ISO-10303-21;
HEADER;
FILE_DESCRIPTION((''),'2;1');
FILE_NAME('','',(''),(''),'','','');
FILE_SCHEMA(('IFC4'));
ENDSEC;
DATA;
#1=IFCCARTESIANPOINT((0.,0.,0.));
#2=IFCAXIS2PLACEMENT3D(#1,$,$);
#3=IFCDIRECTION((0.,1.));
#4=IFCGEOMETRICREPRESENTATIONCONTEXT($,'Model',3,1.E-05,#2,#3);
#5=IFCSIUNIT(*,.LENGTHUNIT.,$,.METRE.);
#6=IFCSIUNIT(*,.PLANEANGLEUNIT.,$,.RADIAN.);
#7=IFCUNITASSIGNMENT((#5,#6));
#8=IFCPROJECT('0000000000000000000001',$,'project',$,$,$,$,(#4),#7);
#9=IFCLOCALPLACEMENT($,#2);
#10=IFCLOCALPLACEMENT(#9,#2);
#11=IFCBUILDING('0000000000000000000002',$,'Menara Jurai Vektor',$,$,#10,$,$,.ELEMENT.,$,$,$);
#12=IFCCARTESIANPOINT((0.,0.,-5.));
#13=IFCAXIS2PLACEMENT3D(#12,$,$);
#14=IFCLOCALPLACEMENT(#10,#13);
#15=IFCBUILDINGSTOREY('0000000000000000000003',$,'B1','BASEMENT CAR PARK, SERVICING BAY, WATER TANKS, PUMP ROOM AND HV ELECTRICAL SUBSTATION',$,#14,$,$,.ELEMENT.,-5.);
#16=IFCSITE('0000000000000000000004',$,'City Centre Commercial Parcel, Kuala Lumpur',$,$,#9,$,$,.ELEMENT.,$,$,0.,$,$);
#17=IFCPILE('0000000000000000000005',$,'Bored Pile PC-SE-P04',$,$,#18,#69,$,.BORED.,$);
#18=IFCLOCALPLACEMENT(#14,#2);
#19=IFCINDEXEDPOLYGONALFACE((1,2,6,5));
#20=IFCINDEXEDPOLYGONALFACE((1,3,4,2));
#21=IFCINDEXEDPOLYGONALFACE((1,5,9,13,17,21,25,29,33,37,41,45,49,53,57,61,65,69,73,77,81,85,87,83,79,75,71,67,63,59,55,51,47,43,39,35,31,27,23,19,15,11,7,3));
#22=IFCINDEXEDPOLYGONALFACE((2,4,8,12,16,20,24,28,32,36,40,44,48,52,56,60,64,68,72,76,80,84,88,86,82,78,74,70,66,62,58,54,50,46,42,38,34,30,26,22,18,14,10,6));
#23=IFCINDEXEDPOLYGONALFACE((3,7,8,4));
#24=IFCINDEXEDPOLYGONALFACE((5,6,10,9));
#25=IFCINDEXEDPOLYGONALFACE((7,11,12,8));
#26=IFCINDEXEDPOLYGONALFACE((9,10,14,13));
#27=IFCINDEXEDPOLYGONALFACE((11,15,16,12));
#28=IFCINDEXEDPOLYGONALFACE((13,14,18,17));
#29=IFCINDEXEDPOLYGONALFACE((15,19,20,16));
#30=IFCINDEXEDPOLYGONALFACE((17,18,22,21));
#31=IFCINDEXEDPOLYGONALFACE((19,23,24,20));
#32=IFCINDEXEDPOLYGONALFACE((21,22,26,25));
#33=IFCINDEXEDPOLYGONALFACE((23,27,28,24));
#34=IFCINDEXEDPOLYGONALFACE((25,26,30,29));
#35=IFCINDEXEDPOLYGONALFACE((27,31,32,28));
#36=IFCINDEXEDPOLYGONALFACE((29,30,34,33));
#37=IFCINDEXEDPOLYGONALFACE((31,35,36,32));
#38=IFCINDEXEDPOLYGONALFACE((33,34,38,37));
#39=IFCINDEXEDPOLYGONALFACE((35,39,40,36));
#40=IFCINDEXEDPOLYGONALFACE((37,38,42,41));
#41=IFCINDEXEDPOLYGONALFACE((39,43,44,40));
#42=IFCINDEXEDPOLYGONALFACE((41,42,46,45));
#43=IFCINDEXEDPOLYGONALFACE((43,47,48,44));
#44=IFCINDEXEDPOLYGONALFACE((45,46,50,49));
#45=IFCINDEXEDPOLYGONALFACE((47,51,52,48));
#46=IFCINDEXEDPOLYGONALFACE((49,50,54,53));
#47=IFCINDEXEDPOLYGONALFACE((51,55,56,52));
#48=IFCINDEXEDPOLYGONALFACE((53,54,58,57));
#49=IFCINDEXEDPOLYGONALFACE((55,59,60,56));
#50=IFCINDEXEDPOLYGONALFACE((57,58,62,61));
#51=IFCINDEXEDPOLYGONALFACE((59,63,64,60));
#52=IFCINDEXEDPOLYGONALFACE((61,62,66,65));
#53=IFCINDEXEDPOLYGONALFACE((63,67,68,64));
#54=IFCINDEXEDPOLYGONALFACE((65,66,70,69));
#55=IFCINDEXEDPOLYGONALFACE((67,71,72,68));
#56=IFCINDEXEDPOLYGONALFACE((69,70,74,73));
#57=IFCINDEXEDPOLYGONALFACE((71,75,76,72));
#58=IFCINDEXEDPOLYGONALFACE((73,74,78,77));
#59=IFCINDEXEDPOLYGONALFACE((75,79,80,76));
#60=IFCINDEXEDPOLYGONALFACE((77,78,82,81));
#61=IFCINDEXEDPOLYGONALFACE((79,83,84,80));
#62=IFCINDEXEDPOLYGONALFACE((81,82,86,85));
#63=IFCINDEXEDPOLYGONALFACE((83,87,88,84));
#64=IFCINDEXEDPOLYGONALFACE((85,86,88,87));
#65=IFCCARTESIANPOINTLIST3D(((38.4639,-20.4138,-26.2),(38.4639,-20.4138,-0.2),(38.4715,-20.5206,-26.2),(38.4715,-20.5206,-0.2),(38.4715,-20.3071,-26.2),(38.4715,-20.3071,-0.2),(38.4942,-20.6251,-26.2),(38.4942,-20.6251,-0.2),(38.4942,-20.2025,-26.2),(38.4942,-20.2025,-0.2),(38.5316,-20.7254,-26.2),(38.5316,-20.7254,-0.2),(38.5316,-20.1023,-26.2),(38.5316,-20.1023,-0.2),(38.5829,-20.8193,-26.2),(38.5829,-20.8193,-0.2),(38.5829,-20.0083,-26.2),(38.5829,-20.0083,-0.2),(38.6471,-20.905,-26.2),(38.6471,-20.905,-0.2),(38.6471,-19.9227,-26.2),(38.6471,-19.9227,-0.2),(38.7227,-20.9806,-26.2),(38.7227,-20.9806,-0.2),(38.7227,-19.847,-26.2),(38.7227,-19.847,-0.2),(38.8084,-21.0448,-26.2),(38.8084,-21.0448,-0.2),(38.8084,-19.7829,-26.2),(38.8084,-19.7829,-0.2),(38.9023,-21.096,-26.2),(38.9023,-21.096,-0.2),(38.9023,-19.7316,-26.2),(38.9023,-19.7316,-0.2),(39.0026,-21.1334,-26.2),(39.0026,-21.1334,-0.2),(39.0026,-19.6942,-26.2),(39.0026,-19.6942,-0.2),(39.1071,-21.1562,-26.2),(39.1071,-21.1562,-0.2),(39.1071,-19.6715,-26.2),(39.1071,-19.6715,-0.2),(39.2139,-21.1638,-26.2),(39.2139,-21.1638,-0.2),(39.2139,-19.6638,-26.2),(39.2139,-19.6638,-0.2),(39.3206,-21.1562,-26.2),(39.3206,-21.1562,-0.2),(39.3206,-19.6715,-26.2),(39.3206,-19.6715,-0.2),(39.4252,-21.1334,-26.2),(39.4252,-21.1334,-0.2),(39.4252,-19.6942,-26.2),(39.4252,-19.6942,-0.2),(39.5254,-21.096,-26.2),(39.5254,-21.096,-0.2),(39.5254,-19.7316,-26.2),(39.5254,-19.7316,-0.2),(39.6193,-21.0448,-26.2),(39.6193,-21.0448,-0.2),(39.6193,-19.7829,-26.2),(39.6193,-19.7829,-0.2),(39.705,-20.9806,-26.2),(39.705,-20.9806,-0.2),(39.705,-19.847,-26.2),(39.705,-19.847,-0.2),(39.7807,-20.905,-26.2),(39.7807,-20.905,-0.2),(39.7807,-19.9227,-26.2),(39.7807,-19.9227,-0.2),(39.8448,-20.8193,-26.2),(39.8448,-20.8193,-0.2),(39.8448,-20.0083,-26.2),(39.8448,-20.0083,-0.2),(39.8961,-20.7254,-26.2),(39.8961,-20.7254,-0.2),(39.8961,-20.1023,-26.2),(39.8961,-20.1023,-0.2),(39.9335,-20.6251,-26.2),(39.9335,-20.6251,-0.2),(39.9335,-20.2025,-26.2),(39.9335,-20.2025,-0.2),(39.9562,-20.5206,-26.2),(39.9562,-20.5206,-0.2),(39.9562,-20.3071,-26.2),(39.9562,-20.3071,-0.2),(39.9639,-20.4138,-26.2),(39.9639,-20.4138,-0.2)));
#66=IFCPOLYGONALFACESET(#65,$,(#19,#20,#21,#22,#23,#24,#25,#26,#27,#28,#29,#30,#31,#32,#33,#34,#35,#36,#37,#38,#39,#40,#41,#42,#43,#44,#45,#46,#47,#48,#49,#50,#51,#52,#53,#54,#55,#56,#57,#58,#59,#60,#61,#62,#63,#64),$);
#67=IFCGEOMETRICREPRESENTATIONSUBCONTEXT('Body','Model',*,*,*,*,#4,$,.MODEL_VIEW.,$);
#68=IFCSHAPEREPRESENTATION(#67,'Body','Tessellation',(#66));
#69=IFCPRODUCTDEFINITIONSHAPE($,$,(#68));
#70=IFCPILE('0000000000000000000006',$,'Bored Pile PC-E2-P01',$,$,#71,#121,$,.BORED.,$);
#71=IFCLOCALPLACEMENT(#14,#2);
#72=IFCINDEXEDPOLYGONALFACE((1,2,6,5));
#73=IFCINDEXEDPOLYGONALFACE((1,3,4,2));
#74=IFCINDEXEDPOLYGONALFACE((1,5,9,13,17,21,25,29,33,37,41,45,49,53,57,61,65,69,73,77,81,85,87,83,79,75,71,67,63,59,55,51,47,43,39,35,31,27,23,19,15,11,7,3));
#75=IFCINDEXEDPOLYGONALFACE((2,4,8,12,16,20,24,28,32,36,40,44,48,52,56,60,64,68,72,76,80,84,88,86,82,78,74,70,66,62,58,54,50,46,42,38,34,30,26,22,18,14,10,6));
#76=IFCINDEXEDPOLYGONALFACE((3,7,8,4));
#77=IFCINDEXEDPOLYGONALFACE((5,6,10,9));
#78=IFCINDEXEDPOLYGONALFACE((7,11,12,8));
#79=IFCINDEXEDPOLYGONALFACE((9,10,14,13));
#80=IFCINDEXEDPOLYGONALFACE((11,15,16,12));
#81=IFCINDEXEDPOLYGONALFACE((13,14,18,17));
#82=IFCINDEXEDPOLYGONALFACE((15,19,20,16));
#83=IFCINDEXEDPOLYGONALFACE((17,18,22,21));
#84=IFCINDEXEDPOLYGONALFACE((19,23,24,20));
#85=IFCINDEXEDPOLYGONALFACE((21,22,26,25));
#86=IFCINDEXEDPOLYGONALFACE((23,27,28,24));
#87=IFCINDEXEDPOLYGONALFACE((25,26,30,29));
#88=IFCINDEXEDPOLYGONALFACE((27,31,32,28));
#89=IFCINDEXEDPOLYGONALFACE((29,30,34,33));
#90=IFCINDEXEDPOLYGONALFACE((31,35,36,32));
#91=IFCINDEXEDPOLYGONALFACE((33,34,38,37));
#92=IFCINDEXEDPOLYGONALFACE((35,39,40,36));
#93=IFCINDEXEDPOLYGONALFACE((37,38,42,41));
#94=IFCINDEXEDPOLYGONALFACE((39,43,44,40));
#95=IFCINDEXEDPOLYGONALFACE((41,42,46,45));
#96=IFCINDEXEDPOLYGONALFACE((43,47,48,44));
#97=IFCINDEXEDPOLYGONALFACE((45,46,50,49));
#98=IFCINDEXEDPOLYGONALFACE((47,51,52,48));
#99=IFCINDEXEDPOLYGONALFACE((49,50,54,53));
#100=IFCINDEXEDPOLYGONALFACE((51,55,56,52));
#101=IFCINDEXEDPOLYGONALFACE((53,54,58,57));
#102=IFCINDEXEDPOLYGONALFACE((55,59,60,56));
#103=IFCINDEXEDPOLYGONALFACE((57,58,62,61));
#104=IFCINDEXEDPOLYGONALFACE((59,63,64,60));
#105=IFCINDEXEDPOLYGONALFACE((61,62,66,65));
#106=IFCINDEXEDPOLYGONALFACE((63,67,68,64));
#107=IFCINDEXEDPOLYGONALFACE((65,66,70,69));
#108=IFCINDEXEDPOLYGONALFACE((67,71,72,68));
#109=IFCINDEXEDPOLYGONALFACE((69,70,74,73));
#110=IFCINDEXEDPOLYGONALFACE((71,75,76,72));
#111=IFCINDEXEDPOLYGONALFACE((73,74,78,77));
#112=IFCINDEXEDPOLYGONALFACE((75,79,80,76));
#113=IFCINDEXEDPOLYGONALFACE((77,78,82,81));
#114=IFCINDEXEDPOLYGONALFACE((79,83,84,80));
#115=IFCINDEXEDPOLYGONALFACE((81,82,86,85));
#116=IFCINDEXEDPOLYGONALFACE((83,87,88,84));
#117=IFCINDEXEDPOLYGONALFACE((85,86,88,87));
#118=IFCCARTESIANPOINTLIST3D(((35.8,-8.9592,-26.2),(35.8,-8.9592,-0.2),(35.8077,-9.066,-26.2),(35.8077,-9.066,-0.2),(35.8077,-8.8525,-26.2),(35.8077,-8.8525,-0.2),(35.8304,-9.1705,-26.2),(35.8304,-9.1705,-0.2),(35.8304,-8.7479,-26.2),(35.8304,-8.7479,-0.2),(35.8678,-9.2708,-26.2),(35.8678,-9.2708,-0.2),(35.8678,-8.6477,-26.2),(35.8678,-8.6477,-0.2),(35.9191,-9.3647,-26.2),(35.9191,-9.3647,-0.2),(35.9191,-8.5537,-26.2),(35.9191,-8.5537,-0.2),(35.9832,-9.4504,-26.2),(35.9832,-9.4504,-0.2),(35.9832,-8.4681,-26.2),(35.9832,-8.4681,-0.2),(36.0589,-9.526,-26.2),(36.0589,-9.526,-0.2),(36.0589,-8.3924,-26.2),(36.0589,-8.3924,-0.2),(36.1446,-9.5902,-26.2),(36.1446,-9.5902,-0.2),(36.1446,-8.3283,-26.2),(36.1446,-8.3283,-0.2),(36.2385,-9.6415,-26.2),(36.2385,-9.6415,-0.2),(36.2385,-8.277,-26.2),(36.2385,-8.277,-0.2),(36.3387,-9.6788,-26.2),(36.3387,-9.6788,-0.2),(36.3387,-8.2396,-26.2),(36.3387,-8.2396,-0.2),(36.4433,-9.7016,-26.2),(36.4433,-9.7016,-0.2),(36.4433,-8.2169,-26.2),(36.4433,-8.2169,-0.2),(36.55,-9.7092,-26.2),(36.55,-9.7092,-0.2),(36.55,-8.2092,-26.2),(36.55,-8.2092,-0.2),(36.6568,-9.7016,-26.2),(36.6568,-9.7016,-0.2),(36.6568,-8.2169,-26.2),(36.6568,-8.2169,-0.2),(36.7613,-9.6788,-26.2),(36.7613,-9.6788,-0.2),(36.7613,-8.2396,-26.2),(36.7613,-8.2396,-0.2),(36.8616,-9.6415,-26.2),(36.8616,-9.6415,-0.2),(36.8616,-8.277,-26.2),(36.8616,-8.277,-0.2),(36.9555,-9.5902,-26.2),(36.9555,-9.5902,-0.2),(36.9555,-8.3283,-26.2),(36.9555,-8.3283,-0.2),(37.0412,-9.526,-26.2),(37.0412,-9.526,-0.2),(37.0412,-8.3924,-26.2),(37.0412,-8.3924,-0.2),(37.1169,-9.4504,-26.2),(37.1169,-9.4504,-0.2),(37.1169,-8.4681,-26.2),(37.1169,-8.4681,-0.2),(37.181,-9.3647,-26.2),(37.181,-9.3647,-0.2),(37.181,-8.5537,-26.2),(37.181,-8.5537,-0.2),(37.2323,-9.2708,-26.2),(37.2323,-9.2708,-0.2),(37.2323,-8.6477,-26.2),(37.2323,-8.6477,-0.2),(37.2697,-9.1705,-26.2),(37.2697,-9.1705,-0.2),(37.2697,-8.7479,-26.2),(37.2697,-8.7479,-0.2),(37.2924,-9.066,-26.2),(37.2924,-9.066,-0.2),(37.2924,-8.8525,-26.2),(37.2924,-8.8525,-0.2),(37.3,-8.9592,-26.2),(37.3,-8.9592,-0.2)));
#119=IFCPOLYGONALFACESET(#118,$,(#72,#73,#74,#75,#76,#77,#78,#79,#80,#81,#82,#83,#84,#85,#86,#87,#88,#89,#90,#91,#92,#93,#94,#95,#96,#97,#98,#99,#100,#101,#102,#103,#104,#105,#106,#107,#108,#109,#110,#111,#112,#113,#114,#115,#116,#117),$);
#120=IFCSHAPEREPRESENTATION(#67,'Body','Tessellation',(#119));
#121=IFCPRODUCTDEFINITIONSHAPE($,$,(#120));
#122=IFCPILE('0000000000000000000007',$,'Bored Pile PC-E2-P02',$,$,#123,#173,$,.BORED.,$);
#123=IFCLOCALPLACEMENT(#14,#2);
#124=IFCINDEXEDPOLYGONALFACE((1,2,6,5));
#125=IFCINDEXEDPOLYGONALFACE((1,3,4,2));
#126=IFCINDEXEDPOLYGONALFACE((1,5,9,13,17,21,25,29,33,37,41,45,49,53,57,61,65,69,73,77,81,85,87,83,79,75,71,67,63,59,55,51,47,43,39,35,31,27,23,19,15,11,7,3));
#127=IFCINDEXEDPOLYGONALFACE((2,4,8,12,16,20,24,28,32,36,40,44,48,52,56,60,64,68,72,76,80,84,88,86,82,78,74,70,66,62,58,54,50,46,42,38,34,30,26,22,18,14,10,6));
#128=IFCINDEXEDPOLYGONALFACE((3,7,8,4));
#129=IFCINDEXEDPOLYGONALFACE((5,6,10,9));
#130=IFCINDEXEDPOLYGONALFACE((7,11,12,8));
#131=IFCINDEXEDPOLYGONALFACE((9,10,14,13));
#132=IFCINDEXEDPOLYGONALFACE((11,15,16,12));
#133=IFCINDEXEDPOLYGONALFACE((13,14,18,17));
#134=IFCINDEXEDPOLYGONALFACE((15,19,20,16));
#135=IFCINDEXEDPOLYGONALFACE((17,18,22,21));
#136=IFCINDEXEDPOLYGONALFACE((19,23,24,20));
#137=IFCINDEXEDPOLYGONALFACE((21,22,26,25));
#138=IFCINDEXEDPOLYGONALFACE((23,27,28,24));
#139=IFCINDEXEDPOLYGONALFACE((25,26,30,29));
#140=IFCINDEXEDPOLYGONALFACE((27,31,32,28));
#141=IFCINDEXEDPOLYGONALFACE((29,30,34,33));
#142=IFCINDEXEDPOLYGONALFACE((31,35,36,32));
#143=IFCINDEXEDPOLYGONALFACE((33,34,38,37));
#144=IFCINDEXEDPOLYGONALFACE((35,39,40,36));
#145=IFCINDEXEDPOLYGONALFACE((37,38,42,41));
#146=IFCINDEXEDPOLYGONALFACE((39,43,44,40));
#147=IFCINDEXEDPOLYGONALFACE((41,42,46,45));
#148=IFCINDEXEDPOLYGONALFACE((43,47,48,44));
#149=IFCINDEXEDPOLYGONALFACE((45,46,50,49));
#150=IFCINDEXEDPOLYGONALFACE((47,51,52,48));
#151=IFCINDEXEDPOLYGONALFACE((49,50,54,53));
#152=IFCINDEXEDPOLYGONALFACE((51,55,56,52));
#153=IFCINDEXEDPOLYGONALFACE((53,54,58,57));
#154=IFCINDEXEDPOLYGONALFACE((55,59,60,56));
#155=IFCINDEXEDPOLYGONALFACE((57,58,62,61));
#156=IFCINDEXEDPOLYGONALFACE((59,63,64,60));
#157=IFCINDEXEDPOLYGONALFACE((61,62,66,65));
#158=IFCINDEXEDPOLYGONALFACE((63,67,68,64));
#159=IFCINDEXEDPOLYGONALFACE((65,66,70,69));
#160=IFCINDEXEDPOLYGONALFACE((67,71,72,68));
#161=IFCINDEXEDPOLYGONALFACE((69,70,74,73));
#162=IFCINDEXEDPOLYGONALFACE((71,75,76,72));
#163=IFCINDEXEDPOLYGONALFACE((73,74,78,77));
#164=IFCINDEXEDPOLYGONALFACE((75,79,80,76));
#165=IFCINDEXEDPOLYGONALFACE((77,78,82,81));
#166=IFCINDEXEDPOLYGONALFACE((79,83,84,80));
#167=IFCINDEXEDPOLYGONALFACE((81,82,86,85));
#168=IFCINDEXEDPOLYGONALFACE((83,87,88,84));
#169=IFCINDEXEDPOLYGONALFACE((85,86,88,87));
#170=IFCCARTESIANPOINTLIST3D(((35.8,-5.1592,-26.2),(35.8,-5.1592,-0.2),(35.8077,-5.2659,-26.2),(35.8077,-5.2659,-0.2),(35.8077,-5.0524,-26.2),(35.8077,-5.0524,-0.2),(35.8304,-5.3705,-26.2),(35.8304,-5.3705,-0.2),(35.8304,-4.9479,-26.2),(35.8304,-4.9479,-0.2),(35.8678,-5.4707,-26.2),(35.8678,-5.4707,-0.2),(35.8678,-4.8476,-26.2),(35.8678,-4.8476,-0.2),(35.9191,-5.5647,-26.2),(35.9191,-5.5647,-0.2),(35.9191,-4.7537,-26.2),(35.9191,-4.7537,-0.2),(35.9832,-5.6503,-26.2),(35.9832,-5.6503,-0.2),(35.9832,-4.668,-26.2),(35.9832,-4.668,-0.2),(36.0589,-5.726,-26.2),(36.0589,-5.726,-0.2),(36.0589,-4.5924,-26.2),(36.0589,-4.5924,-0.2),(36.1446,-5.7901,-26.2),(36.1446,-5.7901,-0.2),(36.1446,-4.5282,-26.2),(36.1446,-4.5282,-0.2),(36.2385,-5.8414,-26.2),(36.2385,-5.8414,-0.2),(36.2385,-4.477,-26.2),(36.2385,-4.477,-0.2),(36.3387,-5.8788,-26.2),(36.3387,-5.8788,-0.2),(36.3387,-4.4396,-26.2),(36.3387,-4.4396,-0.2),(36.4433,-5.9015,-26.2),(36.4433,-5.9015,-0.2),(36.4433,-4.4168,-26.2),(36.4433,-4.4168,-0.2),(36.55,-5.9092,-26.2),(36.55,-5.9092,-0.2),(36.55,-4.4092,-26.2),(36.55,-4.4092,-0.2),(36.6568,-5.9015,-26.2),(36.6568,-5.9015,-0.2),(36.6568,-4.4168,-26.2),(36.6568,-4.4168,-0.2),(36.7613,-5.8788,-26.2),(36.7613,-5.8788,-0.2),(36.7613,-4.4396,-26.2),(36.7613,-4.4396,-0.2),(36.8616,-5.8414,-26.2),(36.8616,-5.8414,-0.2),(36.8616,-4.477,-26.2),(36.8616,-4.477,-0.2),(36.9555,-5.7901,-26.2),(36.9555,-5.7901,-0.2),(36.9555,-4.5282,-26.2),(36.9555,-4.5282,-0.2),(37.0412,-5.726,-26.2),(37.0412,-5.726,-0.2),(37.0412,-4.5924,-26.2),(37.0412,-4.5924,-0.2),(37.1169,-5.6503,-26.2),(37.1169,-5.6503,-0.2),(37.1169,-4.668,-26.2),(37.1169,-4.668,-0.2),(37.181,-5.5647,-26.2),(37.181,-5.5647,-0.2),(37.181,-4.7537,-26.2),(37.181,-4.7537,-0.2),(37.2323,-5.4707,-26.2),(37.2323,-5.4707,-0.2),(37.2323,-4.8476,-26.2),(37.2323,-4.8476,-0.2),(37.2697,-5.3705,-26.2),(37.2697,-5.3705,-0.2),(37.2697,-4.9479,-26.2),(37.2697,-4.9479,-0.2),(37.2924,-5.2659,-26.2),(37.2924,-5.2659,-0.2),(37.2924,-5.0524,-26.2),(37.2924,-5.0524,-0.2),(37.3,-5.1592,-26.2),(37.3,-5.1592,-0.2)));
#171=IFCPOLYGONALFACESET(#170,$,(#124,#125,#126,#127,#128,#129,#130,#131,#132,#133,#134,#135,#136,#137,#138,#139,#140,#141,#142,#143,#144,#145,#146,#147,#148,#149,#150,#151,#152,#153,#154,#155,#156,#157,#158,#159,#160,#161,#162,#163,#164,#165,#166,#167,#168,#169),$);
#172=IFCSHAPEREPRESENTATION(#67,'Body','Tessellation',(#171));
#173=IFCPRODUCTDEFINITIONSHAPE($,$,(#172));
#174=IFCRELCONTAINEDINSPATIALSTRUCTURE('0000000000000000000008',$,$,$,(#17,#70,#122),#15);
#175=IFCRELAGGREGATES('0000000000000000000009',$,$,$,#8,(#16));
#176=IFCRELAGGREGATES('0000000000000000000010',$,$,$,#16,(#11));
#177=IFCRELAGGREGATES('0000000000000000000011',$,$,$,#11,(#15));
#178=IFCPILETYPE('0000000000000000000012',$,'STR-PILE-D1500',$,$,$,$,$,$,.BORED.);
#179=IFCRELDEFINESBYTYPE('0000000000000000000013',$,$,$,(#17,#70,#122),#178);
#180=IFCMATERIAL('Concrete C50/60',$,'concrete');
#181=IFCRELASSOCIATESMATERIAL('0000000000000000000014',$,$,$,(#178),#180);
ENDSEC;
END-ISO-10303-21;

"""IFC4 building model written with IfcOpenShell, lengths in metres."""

from ifc_helpers import new_model, si_unit, direction, frame, origin, origin_2d, place, context, subcontext, project, spatial, circle, extrude, material, material_profile, profile_set, type_object, element, save


model = new_model("IFC4")

# Units and contexts
model_context = context("Model", 3, precision=1e-05, world=origin(), true_north=direction((0.0, 1.0)))
body_context = subcontext(model_context, "Body", "Model", "MODEL_VIEW")
ifc_project = project(units=[si_unit("LENGTHUNIT", "METRE"), si_unit("PLANEANGLEUNIT", "RADIAN")], contexts=[model_context])

# Site, building, storey
site_placement = place(None, origin())
site = spatial("IfcSite", under=ifc_project, at=site_placement, Name="City Centre Commercial Parcel, Kuala Lumpur", CompositionType="ELEMENT", RefElevation=0.0)
building_placement = place(site_placement, origin())
building = spatial("IfcBuilding", under=site, at=building_placement, Name="Menara Jurai Vektor", CompositionType="ELEMENT")
storey_placement = place(building_placement, frame((0.0, 0.0, -5.0)))
storey = spatial("IfcBuildingStorey", under=building, at=storey_placement, Name="B1", Description="BASEMENT CAR PARK, SERVICING BAY, WATER TANKS, PUMP ROOM AND HV ELECTRICAL SUBSTATION", CompositionType="ELEMENT", Elevation=-5.0)

# Shared definitions
ifc_material_1 = material(Name="Concrete C50/60", Category="concrete")

# Piles
ifc_material_profile_1 = material_profile(ifc_material_1, circle(Radius=0.75, at=origin_2d()), Name="PILE D1500")
ifc_profile_set_1 = profile_set([ifc_material_profile_1], Name="Concrete C50/60")
pile_type = type_object("IfcPileType", Name="STR-PILE-D1500", PredefinedType="BORED", material=ifc_profile_set_1)
for number, where, z_axis, x_axis, name in (
    (1, (39.2139, -20.4138, -0.2), (0.0, 0.0, -1.0), (1.0, 0.0, 0.0), "Bored Pile PC-SE-P04"),
    (2, (36.55, -8.9592, -0.2), (0.0, 0.0, -1.0), (1.0, 0.0, 0.0), "Bored Pile PC-E2-P01"),
    (3, (36.55, -5.1592, -0.2), (0.0, 0.0, -1.0), (1.0, 0.0, 0.0), "Bored Pile PC-E2-P02"),
):
    element("IfcPile", number, at=place(storey_placement, frame(where, z_axis=z_axis, x_axis=x_axis)), inside=storey, type_object=pile_type, Name=name, PredefinedType="BORED", context=body_context, shape_type="SweptSolid", body=[
        extrude(circle(Radius=0.75, at=origin_2d()), origin(), (0.0, 0.0, 1.0), 26.0),
    ])

save(model, "model.ifc")
